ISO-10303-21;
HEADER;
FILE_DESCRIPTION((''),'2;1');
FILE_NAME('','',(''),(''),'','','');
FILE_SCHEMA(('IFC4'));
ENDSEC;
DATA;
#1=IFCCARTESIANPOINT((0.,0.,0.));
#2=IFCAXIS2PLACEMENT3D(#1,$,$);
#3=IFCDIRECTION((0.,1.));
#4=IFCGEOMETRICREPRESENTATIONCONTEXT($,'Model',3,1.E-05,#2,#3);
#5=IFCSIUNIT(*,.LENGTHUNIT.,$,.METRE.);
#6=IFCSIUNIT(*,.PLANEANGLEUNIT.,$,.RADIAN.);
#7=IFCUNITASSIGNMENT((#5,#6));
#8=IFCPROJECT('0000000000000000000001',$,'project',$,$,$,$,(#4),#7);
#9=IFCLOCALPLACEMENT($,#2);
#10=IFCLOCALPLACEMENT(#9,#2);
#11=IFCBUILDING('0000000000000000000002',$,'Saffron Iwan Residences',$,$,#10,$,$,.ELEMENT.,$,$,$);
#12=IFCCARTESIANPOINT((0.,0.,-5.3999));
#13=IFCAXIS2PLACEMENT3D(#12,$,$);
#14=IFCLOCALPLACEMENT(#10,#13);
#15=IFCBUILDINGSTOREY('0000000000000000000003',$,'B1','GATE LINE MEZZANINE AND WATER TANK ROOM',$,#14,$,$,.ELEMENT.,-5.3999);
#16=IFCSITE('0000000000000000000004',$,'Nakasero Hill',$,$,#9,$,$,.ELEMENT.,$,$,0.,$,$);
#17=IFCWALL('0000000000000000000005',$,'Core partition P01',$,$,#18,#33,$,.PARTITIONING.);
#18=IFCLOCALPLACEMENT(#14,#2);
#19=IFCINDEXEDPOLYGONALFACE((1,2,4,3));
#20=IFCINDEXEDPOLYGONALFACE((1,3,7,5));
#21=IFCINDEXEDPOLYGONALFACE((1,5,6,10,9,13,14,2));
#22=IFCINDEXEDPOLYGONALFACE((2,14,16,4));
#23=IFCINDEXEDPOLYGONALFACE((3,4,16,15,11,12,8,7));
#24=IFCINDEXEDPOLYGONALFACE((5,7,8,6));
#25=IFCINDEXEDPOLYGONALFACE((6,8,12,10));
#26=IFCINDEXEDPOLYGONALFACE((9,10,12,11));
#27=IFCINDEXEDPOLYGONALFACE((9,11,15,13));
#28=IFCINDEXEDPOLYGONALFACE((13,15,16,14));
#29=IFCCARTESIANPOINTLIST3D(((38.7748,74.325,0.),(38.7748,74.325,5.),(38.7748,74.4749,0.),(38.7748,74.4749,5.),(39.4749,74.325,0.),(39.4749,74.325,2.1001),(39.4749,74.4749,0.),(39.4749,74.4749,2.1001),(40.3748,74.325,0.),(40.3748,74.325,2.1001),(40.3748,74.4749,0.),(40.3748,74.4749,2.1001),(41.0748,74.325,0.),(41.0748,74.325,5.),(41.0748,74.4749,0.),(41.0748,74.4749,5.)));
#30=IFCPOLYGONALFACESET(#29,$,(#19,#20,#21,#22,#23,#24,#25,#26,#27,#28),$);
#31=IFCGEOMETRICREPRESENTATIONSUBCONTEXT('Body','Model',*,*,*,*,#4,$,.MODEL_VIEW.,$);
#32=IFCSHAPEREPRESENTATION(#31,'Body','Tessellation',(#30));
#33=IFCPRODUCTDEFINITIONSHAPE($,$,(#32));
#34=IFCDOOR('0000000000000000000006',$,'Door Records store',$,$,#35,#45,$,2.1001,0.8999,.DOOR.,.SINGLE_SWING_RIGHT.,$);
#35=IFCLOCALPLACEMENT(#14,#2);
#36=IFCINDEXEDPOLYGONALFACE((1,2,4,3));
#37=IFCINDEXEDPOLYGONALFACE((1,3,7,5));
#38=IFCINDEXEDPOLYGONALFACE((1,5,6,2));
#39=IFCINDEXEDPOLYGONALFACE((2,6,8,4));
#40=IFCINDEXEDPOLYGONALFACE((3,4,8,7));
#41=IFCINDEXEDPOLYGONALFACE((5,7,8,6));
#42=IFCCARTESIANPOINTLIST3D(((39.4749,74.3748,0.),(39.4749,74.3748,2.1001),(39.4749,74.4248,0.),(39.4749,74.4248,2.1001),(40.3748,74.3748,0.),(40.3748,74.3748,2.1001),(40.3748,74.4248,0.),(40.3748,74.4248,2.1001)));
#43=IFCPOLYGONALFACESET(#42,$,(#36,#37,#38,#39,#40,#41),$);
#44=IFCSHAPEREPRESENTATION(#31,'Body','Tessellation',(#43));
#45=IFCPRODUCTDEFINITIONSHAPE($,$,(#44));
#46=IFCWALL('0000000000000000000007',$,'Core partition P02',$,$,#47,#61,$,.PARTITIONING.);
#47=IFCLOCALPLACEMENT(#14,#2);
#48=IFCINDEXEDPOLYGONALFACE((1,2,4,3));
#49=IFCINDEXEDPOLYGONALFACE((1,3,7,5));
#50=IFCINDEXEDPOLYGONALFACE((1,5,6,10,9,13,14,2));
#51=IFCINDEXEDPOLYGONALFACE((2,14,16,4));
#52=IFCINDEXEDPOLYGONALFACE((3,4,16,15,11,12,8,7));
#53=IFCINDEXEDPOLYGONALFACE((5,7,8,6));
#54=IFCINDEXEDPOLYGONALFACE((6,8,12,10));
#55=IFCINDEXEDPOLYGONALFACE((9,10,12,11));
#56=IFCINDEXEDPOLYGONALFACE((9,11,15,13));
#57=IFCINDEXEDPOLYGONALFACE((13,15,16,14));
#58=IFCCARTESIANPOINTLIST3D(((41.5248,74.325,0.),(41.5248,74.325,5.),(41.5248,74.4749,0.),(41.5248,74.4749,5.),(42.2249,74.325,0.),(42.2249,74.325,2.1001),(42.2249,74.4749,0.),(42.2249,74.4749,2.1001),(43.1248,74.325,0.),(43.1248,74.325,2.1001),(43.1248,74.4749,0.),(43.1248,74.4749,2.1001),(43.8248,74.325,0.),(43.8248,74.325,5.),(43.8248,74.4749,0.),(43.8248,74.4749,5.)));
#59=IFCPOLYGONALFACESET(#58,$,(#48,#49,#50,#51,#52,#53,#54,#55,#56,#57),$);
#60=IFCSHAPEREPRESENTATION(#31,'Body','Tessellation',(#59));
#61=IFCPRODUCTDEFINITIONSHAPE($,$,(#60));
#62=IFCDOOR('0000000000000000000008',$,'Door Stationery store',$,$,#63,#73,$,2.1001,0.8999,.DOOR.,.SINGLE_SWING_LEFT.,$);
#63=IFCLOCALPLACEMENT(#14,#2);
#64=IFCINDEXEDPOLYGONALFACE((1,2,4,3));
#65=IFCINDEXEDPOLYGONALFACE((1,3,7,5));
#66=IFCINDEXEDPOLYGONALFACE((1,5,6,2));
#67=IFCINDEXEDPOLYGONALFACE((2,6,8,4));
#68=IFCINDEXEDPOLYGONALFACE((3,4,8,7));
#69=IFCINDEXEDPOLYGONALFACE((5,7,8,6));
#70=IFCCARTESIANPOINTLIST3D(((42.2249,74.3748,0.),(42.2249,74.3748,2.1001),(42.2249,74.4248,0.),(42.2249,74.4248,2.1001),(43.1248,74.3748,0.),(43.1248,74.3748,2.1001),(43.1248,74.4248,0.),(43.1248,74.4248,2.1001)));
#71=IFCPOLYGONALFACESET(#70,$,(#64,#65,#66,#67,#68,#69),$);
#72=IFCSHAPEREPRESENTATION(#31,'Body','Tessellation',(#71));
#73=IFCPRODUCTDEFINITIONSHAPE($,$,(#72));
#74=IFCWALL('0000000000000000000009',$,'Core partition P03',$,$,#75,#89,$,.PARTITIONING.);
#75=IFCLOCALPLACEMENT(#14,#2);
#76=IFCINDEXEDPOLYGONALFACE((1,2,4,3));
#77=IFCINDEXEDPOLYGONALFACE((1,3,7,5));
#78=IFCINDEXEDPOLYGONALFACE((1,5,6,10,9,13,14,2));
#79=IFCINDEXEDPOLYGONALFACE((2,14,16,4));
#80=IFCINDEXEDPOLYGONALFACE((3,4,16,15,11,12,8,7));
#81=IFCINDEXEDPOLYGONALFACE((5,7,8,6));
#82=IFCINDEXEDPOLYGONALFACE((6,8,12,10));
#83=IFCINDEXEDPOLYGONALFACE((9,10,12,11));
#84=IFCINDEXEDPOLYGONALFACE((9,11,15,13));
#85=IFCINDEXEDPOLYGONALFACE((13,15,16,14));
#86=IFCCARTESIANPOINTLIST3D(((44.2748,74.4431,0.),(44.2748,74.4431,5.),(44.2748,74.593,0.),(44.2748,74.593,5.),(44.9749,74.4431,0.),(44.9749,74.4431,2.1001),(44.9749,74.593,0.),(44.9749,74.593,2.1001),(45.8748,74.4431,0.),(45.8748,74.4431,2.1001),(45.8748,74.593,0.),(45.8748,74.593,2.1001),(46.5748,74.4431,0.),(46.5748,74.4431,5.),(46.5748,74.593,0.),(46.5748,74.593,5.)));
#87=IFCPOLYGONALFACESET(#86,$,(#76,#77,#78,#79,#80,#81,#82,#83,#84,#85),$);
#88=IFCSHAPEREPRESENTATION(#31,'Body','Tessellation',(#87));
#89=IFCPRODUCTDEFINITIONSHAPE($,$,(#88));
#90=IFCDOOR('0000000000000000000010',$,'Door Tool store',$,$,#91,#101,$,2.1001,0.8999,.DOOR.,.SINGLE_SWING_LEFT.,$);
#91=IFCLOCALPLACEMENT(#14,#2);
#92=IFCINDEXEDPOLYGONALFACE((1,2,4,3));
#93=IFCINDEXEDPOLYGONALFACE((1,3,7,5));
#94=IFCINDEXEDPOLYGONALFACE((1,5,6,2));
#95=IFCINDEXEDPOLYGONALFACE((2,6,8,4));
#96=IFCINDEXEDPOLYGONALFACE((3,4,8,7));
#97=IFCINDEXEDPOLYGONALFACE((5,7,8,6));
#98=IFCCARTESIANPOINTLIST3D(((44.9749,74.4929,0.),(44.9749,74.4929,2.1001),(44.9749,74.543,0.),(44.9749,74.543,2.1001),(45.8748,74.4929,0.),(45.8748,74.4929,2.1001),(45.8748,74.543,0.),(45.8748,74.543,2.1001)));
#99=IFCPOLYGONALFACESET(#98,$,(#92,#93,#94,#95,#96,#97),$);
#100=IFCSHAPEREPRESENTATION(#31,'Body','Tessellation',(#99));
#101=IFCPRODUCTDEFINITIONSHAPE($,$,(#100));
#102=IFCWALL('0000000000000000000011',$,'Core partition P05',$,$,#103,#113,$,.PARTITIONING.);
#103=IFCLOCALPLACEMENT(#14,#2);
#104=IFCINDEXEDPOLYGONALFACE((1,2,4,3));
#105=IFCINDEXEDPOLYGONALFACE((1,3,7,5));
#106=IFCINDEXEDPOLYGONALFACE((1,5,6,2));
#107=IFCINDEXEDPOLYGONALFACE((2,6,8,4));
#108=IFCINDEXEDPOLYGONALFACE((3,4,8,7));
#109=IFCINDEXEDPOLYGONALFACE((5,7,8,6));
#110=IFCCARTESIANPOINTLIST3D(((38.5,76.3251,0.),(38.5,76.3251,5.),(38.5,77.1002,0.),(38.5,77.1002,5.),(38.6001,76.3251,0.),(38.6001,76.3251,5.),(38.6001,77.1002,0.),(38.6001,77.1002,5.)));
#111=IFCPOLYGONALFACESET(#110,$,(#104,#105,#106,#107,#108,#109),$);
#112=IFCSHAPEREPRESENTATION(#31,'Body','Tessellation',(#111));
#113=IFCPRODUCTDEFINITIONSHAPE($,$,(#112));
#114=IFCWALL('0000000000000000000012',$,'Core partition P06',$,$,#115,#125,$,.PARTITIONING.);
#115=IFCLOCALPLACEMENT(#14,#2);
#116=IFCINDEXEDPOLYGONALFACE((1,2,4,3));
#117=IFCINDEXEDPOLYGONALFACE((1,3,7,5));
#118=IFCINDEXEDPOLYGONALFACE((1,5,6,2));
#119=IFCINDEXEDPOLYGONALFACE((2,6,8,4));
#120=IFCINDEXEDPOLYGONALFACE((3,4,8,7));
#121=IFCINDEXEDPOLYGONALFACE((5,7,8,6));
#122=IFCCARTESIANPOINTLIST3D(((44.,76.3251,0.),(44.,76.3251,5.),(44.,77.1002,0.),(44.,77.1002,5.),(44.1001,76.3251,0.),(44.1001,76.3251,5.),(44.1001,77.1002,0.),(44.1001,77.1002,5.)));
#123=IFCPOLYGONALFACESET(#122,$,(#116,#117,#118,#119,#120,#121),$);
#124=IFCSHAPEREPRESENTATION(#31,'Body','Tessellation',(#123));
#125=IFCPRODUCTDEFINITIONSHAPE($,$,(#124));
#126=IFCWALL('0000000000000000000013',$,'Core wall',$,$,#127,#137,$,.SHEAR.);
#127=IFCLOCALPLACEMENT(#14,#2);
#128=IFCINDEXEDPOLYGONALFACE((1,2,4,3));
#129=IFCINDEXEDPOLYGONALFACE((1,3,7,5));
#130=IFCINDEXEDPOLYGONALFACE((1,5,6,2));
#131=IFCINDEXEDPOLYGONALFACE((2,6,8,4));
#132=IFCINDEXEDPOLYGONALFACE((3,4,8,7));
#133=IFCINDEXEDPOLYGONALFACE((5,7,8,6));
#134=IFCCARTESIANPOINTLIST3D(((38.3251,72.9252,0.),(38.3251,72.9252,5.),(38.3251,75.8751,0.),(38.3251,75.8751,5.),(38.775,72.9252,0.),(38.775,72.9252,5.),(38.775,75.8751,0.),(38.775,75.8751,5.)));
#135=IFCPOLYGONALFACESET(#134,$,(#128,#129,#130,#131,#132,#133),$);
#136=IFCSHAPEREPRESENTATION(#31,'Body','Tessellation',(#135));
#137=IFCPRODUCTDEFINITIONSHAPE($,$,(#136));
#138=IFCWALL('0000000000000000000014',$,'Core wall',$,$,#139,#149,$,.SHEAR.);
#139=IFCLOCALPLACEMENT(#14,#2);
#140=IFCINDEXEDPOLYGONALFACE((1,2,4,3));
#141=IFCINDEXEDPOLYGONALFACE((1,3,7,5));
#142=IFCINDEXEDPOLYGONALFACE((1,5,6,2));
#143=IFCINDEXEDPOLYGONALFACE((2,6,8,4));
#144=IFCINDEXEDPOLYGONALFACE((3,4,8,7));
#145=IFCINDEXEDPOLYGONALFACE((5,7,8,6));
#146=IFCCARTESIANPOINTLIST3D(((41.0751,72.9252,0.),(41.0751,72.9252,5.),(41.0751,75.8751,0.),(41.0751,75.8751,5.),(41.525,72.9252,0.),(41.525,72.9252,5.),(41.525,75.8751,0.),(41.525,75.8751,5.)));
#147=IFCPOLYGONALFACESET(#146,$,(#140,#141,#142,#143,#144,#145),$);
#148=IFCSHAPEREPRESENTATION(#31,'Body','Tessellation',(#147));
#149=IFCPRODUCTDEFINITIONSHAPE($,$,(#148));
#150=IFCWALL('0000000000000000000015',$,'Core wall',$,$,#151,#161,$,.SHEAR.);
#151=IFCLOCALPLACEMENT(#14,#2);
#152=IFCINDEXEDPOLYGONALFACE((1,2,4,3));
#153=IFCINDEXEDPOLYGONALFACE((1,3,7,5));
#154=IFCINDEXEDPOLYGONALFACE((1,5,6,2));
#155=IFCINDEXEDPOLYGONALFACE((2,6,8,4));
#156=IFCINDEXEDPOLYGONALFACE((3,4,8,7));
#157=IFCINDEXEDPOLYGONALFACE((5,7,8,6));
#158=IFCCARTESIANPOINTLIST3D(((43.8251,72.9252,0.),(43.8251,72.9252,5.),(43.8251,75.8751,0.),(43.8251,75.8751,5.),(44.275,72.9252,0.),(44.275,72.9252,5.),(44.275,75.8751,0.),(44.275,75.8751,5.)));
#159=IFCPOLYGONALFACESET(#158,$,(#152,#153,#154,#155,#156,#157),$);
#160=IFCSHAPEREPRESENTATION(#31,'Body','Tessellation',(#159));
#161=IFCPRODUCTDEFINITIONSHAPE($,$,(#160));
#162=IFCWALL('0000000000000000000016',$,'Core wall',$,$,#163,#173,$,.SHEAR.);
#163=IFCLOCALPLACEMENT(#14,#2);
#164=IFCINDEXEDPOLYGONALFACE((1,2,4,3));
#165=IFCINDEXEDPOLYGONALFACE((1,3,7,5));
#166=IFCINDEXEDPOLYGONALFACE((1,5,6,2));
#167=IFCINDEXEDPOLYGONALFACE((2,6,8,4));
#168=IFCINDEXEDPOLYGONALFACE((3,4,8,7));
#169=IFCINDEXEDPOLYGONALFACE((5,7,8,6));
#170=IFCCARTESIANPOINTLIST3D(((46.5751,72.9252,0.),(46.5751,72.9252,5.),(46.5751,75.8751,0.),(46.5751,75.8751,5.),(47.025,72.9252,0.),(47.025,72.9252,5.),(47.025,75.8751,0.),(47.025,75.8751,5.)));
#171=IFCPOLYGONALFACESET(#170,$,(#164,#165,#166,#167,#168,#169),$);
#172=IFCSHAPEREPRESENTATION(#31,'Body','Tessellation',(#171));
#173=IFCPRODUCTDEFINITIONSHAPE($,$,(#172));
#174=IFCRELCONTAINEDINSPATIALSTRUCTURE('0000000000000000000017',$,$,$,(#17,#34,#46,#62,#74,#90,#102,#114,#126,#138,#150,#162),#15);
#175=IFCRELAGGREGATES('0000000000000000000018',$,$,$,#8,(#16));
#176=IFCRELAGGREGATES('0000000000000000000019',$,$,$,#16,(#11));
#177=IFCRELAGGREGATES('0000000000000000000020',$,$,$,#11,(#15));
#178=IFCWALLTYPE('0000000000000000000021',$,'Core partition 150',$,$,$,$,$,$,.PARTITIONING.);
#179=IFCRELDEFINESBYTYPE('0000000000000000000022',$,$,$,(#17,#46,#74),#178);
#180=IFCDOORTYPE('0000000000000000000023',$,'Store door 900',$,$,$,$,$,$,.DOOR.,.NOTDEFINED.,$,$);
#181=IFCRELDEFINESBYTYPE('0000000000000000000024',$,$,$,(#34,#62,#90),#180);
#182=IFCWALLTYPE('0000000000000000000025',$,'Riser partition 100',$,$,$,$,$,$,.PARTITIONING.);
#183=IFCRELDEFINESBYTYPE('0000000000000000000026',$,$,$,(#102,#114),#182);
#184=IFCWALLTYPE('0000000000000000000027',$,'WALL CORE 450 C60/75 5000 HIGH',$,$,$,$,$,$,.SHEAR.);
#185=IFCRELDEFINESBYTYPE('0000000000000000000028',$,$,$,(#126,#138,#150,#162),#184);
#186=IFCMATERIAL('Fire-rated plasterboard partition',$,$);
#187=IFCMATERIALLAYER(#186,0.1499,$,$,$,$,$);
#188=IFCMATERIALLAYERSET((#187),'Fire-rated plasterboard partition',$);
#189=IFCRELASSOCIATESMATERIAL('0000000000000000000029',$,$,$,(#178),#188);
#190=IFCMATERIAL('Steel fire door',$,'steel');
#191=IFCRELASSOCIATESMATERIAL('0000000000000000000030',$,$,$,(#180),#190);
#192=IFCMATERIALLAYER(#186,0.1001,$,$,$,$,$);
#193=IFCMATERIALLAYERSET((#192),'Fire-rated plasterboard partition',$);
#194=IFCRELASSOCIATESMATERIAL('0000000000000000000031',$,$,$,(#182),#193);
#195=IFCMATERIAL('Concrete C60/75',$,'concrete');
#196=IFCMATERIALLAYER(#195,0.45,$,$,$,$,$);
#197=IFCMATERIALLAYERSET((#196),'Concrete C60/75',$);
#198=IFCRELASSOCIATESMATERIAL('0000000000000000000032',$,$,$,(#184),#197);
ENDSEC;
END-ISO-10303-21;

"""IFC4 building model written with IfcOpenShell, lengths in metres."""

from ifc_helpers import new_model, si_unit, direction, frame, frame_2d, origin, place, context, subcontext, project, spatial, rectangle, extrude, material, layer, layer_set, type_object, element, fill, save


model = new_model("IFC4")

# Units and contexts
model_context = context("Model", 3, precision=1e-05, world=origin(), true_north=direction((0.0, 1.0)))
body_context = subcontext(model_context, "Body", "Model", "MODEL_VIEW")
ifc_project = project(units=[si_unit("LENGTHUNIT", "METRE"), si_unit("PLANEANGLEUNIT", "RADIAN")], contexts=[model_context])

# Site, building, storey
site_placement = place(None, origin())
site = spatial("IfcSite", under=ifc_project, at=site_placement, Name="Nakasero Hill", CompositionType="ELEMENT", RefElevation=0.0)
building_placement = place(site_placement, origin())
building = spatial("IfcBuilding", under=site, at=building_placement, Name="Saffron Iwan Residences", CompositionType="ELEMENT")
storey_placement = place(building_placement, frame((0.0, 0.0, -5.3999)))
storey = spatial("IfcBuildingStorey", under=building, at=storey_placement, Name="B1", Description="GATE LINE MEZZANINE AND WATER TANK ROOM", CompositionType="ELEMENT", Elevation=-5.3999)

# Walls, openings, doors
ifc_material_1 = material(Name="Fire-rated plasterboard partition")
ifc_layer_1 = layer(ifc_material_1, 0.1499)
ifc_layer_set_1 = layer_set([ifc_layer_1], Name="Fire-rated plasterboard partition")
wall_type_1 = type_object("IfcWallType", Name="Core partition 150", PredefinedType="PARTITIONING", material=ifc_layer_set_1)
wall_1_placement = place(storey_placement, frame((38.7749, 74.3999, 0.0), z_axis=(0.0, 0.0, 1.0), x_axis=(1.0, 0.0, 0.0)))
wall_1 = element("IfcWall", 1, at=wall_1_placement, inside=storey, type_object=wall_type_1, Name="Core partition P01", PredefinedType="PARTITIONING", context=body_context, shape_type="SweptSolid", body=[
    extrude(rectangle(XDim=2.3, YDim=0.1499, at=frame_2d((1.1499, 0.0))), origin(), (0.0, 0.0, 1.0), 5.0),
])
opening_1_placement = place(wall_1_placement, frame((0.7, 0.0, 0.0)))
opening_1 = element("IfcOpeningElement", 2, at=opening_1_placement, cuts=wall_1, PredefinedType="OPENING", context=body_context, shape_type="SweptSolid", body=[
    extrude(rectangle(XDim=0.8999, YDim=2.1001, at=frame_2d((0.45, 1.05))), frame((0.0, 0.085, 0.0), z_axis=(0.0, -1.0, 0.0), x_axis=(1.0, 0.0, 0.0)), (0.0, 0.0, 1.0), 0.1699),
])
ifc_material_2 = material(Name="Steel fire door", Category="steel")
door_type = type_object("IfcDoorType", Name="Store door 900", OperationType="NOTDEFINED", PredefinedType="DOOR", material=ifc_material_2)
door_1_placement = place(opening_1_placement, origin())
door_1 = element("IfcDoor", 3, at=door_1_placement, inside=storey, type_object=door_type, Name="Door Records store", OperationType="SINGLE_SWING_RIGHT", OverallHeight=2.1001, OverallWidth=0.8999, PredefinedType="DOOR", context=body_context, shape_type="SweptSolid", body=[
    extrude(rectangle(XDim=0.8999, YDim=2.1001, at=frame_2d((0.45, 1.05))), frame((0.0, 0.0249, 0.0), z_axis=(0.0, -1.0, 0.0), x_axis=(1.0, 0.0, 0.0)), (0.0, 0.0, 1.0), 0.05),
])
fill(opening_1, door_1)
wall_2_placement = place(storey_placement, frame((41.5249, 74.3999, 0.0), z_axis=(0.0, 0.0, 1.0), x_axis=(1.0, 0.0, 0.0)))
wall_2 = element("IfcWall", 4, at=wall_2_placement, inside=storey, type_object=wall_type_1, Name="Core partition P02", PredefinedType="PARTITIONING", context=body_context, shape_type="SweptSolid", body=[
    extrude(rectangle(XDim=2.3, YDim=0.1499, at=frame_2d((1.1499, 0.0))), origin(), (0.0, 0.0, 1.0), 5.0),
])
opening_2_placement = place(wall_2_placement, frame((0.7, 0.0, 0.0)))
opening_2 = element("IfcOpeningElement", 5, at=opening_2_placement, cuts=wall_2, PredefinedType="OPENING", context=body_context, shape_type="SweptSolid", body=[
    extrude(rectangle(XDim=0.8999, YDim=2.1001, at=frame_2d((0.45, 1.05))), frame((0.0, 0.085, 0.0), z_axis=(0.0, -1.0, 0.0), x_axis=(1.0, 0.0, 0.0)), (0.0, 0.0, 1.0), 0.1699),
])
door_2_placement = place(opening_2_placement, origin())
door_2 = element("IfcDoor", 6, at=door_2_placement, inside=storey, type_object=door_type, Name="Door Stationery store", OperationType="SINGLE_SWING_LEFT", OverallHeight=2.1001, OverallWidth=0.8999, PredefinedType="DOOR", context=body_context, shape_type="SweptSolid", body=[
    extrude(rectangle(XDim=0.8999, YDim=2.1001, at=frame_2d((0.45, 1.05))), frame((0.0, 0.0249, 0.0), z_axis=(0.0, -1.0, 0.0), x_axis=(1.0, 0.0, 0.0)), (0.0, 0.0, 1.0), 0.05),
])
fill(opening_2, door_2)
wall_3_placement = place(storey_placement, frame((44.2749, 74.5181, 0.0), z_axis=(0.0, 0.0, 1.0), x_axis=(1.0, 0.0, 0.0)))
wall_3 = element("IfcWall", 7, at=wall_3_placement, inside=storey, type_object=wall_type_1, Name="Core partition P03", PredefinedType="PARTITIONING", context=body_context, shape_type="SweptSolid", body=[
    extrude(rectangle(XDim=2.3, YDim=0.1499, at=frame_2d((1.1499, 0.0))), origin(), (0.0, 0.0, 1.0), 5.0),
])
opening_3_placement = place(wall_3_placement, frame((0.7, 0.0, 0.0)))
opening_3 = element("IfcOpeningElement", 8, at=opening_3_placement, cuts=wall_3, PredefinedType="OPENING", context=body_context, shape_type="SweptSolid", body=[
    extrude(rectangle(XDim=0.8999, YDim=2.1001, at=frame_2d((0.45, 1.05))), frame((0.0, 0.085, 0.0), z_axis=(0.0, -1.0, 0.0), x_axis=(1.0, 0.0, 0.0)), (0.0, 0.0, 1.0), 0.1699),
])
door_3_placement = place(opening_3_placement, origin())
door_3 = element("IfcDoor", 9, at=door_3_placement, inside=storey, type_object=door_type, Name="Door Tool store", OperationType="SINGLE_SWING_LEFT", OverallHeight=2.1001, OverallWidth=0.8999, PredefinedType="DOOR", context=body_context, shape_type="SweptSolid", body=[
    extrude(rectangle(XDim=0.8999, YDim=2.1001, at=frame_2d((0.45, 1.05))), frame((0.0, 0.0249, 0.0), z_axis=(0.0, -1.0, 0.0), x_axis=(1.0, 0.0, 0.0)), (0.0, 0.0, 1.0), 0.05),
])
fill(opening_3, door_3)

# Walls
ifc_layer_2 = layer(ifc_material_1, 0.1001)
ifc_layer_set_2 = layer_set([ifc_layer_2], Name="Fire-rated plasterboard partition")
wall_type_2 = type_object("IfcWallType", Name="Riser partition 100", PredefinedType="PARTITIONING", material=ifc_layer_set_2)
for number, where, z_axis, x_axis, name in (
    (10, (38.55, 76.325, 0.0), (0.0, 0.0, 1.0), (0.0, 1.0, 0.0), "Core partition P05"),
    (11, (44.05, 76.325, 0.0), (0.0, 0.0, 1.0), (0.0, 1.0, 0.0), "Core partition P06"),
):
    element("IfcWall", number, at=place(storey_placement, frame(where, z_axis=z_axis, x_axis=x_axis)), inside=storey, type_object=wall_type_2, Name=name, PredefinedType="PARTITIONING", context=body_context, shape_type="SweptSolid", body=[
        extrude(rectangle(XDim=0.7751, YDim=0.1001, at=frame_2d((0.3877, 0.0))), origin(), (0.0, 0.0, 1.0), 5.0),
    ])
ifc_material_3 = material(Name="Concrete C60/75", Category="concrete")
ifc_layer_3 = layer(ifc_material_3, 0.45)
ifc_layer_set_3 = layer_set([ifc_layer_3], Name="Concrete C60/75")
wall_type_3 = type_object("IfcWallType", Name="WALL CORE 450 C60/75 5000 HIGH", PredefinedType="SHEAR", material=ifc_layer_set_3)
for number, where, z_axis, x_axis, name in (
    (12, (38.55, 72.925, 0.0), (0.0, 0.0, 1.0), (0.0, 1.0, 0.0), "Core wall"),
    (13, (41.3, 72.925, 0.0), (0.0, 0.0, 1.0), (0.0, 1.0, 0.0), "Core wall"),
    (14, (44.05, 72.925, 0.0), (0.0, 0.0, 1.0), (0.0, 1.0, 0.0), "Core wall"),
    (15, (46.8, 72.925, 0.0), (0.0, 0.0, 1.0), (0.0, 1.0, 0.0), "Core wall"),
):
    element("IfcWall", number, at=place(storey_placement, frame(where, z_axis=z_axis, x_axis=x_axis)), inside=storey, type_object=wall_type_3, Name=name, PredefinedType="SHEAR", context=body_context, shape_type="SweptSolid", body=[
        extrude(rectangle(XDim=2.95, YDim=0.45, at=frame_2d((1.4751, 0.0))), origin(), (0.0, 0.0, 1.0), 5.0),
    ])

save(model, "model.ifc")
